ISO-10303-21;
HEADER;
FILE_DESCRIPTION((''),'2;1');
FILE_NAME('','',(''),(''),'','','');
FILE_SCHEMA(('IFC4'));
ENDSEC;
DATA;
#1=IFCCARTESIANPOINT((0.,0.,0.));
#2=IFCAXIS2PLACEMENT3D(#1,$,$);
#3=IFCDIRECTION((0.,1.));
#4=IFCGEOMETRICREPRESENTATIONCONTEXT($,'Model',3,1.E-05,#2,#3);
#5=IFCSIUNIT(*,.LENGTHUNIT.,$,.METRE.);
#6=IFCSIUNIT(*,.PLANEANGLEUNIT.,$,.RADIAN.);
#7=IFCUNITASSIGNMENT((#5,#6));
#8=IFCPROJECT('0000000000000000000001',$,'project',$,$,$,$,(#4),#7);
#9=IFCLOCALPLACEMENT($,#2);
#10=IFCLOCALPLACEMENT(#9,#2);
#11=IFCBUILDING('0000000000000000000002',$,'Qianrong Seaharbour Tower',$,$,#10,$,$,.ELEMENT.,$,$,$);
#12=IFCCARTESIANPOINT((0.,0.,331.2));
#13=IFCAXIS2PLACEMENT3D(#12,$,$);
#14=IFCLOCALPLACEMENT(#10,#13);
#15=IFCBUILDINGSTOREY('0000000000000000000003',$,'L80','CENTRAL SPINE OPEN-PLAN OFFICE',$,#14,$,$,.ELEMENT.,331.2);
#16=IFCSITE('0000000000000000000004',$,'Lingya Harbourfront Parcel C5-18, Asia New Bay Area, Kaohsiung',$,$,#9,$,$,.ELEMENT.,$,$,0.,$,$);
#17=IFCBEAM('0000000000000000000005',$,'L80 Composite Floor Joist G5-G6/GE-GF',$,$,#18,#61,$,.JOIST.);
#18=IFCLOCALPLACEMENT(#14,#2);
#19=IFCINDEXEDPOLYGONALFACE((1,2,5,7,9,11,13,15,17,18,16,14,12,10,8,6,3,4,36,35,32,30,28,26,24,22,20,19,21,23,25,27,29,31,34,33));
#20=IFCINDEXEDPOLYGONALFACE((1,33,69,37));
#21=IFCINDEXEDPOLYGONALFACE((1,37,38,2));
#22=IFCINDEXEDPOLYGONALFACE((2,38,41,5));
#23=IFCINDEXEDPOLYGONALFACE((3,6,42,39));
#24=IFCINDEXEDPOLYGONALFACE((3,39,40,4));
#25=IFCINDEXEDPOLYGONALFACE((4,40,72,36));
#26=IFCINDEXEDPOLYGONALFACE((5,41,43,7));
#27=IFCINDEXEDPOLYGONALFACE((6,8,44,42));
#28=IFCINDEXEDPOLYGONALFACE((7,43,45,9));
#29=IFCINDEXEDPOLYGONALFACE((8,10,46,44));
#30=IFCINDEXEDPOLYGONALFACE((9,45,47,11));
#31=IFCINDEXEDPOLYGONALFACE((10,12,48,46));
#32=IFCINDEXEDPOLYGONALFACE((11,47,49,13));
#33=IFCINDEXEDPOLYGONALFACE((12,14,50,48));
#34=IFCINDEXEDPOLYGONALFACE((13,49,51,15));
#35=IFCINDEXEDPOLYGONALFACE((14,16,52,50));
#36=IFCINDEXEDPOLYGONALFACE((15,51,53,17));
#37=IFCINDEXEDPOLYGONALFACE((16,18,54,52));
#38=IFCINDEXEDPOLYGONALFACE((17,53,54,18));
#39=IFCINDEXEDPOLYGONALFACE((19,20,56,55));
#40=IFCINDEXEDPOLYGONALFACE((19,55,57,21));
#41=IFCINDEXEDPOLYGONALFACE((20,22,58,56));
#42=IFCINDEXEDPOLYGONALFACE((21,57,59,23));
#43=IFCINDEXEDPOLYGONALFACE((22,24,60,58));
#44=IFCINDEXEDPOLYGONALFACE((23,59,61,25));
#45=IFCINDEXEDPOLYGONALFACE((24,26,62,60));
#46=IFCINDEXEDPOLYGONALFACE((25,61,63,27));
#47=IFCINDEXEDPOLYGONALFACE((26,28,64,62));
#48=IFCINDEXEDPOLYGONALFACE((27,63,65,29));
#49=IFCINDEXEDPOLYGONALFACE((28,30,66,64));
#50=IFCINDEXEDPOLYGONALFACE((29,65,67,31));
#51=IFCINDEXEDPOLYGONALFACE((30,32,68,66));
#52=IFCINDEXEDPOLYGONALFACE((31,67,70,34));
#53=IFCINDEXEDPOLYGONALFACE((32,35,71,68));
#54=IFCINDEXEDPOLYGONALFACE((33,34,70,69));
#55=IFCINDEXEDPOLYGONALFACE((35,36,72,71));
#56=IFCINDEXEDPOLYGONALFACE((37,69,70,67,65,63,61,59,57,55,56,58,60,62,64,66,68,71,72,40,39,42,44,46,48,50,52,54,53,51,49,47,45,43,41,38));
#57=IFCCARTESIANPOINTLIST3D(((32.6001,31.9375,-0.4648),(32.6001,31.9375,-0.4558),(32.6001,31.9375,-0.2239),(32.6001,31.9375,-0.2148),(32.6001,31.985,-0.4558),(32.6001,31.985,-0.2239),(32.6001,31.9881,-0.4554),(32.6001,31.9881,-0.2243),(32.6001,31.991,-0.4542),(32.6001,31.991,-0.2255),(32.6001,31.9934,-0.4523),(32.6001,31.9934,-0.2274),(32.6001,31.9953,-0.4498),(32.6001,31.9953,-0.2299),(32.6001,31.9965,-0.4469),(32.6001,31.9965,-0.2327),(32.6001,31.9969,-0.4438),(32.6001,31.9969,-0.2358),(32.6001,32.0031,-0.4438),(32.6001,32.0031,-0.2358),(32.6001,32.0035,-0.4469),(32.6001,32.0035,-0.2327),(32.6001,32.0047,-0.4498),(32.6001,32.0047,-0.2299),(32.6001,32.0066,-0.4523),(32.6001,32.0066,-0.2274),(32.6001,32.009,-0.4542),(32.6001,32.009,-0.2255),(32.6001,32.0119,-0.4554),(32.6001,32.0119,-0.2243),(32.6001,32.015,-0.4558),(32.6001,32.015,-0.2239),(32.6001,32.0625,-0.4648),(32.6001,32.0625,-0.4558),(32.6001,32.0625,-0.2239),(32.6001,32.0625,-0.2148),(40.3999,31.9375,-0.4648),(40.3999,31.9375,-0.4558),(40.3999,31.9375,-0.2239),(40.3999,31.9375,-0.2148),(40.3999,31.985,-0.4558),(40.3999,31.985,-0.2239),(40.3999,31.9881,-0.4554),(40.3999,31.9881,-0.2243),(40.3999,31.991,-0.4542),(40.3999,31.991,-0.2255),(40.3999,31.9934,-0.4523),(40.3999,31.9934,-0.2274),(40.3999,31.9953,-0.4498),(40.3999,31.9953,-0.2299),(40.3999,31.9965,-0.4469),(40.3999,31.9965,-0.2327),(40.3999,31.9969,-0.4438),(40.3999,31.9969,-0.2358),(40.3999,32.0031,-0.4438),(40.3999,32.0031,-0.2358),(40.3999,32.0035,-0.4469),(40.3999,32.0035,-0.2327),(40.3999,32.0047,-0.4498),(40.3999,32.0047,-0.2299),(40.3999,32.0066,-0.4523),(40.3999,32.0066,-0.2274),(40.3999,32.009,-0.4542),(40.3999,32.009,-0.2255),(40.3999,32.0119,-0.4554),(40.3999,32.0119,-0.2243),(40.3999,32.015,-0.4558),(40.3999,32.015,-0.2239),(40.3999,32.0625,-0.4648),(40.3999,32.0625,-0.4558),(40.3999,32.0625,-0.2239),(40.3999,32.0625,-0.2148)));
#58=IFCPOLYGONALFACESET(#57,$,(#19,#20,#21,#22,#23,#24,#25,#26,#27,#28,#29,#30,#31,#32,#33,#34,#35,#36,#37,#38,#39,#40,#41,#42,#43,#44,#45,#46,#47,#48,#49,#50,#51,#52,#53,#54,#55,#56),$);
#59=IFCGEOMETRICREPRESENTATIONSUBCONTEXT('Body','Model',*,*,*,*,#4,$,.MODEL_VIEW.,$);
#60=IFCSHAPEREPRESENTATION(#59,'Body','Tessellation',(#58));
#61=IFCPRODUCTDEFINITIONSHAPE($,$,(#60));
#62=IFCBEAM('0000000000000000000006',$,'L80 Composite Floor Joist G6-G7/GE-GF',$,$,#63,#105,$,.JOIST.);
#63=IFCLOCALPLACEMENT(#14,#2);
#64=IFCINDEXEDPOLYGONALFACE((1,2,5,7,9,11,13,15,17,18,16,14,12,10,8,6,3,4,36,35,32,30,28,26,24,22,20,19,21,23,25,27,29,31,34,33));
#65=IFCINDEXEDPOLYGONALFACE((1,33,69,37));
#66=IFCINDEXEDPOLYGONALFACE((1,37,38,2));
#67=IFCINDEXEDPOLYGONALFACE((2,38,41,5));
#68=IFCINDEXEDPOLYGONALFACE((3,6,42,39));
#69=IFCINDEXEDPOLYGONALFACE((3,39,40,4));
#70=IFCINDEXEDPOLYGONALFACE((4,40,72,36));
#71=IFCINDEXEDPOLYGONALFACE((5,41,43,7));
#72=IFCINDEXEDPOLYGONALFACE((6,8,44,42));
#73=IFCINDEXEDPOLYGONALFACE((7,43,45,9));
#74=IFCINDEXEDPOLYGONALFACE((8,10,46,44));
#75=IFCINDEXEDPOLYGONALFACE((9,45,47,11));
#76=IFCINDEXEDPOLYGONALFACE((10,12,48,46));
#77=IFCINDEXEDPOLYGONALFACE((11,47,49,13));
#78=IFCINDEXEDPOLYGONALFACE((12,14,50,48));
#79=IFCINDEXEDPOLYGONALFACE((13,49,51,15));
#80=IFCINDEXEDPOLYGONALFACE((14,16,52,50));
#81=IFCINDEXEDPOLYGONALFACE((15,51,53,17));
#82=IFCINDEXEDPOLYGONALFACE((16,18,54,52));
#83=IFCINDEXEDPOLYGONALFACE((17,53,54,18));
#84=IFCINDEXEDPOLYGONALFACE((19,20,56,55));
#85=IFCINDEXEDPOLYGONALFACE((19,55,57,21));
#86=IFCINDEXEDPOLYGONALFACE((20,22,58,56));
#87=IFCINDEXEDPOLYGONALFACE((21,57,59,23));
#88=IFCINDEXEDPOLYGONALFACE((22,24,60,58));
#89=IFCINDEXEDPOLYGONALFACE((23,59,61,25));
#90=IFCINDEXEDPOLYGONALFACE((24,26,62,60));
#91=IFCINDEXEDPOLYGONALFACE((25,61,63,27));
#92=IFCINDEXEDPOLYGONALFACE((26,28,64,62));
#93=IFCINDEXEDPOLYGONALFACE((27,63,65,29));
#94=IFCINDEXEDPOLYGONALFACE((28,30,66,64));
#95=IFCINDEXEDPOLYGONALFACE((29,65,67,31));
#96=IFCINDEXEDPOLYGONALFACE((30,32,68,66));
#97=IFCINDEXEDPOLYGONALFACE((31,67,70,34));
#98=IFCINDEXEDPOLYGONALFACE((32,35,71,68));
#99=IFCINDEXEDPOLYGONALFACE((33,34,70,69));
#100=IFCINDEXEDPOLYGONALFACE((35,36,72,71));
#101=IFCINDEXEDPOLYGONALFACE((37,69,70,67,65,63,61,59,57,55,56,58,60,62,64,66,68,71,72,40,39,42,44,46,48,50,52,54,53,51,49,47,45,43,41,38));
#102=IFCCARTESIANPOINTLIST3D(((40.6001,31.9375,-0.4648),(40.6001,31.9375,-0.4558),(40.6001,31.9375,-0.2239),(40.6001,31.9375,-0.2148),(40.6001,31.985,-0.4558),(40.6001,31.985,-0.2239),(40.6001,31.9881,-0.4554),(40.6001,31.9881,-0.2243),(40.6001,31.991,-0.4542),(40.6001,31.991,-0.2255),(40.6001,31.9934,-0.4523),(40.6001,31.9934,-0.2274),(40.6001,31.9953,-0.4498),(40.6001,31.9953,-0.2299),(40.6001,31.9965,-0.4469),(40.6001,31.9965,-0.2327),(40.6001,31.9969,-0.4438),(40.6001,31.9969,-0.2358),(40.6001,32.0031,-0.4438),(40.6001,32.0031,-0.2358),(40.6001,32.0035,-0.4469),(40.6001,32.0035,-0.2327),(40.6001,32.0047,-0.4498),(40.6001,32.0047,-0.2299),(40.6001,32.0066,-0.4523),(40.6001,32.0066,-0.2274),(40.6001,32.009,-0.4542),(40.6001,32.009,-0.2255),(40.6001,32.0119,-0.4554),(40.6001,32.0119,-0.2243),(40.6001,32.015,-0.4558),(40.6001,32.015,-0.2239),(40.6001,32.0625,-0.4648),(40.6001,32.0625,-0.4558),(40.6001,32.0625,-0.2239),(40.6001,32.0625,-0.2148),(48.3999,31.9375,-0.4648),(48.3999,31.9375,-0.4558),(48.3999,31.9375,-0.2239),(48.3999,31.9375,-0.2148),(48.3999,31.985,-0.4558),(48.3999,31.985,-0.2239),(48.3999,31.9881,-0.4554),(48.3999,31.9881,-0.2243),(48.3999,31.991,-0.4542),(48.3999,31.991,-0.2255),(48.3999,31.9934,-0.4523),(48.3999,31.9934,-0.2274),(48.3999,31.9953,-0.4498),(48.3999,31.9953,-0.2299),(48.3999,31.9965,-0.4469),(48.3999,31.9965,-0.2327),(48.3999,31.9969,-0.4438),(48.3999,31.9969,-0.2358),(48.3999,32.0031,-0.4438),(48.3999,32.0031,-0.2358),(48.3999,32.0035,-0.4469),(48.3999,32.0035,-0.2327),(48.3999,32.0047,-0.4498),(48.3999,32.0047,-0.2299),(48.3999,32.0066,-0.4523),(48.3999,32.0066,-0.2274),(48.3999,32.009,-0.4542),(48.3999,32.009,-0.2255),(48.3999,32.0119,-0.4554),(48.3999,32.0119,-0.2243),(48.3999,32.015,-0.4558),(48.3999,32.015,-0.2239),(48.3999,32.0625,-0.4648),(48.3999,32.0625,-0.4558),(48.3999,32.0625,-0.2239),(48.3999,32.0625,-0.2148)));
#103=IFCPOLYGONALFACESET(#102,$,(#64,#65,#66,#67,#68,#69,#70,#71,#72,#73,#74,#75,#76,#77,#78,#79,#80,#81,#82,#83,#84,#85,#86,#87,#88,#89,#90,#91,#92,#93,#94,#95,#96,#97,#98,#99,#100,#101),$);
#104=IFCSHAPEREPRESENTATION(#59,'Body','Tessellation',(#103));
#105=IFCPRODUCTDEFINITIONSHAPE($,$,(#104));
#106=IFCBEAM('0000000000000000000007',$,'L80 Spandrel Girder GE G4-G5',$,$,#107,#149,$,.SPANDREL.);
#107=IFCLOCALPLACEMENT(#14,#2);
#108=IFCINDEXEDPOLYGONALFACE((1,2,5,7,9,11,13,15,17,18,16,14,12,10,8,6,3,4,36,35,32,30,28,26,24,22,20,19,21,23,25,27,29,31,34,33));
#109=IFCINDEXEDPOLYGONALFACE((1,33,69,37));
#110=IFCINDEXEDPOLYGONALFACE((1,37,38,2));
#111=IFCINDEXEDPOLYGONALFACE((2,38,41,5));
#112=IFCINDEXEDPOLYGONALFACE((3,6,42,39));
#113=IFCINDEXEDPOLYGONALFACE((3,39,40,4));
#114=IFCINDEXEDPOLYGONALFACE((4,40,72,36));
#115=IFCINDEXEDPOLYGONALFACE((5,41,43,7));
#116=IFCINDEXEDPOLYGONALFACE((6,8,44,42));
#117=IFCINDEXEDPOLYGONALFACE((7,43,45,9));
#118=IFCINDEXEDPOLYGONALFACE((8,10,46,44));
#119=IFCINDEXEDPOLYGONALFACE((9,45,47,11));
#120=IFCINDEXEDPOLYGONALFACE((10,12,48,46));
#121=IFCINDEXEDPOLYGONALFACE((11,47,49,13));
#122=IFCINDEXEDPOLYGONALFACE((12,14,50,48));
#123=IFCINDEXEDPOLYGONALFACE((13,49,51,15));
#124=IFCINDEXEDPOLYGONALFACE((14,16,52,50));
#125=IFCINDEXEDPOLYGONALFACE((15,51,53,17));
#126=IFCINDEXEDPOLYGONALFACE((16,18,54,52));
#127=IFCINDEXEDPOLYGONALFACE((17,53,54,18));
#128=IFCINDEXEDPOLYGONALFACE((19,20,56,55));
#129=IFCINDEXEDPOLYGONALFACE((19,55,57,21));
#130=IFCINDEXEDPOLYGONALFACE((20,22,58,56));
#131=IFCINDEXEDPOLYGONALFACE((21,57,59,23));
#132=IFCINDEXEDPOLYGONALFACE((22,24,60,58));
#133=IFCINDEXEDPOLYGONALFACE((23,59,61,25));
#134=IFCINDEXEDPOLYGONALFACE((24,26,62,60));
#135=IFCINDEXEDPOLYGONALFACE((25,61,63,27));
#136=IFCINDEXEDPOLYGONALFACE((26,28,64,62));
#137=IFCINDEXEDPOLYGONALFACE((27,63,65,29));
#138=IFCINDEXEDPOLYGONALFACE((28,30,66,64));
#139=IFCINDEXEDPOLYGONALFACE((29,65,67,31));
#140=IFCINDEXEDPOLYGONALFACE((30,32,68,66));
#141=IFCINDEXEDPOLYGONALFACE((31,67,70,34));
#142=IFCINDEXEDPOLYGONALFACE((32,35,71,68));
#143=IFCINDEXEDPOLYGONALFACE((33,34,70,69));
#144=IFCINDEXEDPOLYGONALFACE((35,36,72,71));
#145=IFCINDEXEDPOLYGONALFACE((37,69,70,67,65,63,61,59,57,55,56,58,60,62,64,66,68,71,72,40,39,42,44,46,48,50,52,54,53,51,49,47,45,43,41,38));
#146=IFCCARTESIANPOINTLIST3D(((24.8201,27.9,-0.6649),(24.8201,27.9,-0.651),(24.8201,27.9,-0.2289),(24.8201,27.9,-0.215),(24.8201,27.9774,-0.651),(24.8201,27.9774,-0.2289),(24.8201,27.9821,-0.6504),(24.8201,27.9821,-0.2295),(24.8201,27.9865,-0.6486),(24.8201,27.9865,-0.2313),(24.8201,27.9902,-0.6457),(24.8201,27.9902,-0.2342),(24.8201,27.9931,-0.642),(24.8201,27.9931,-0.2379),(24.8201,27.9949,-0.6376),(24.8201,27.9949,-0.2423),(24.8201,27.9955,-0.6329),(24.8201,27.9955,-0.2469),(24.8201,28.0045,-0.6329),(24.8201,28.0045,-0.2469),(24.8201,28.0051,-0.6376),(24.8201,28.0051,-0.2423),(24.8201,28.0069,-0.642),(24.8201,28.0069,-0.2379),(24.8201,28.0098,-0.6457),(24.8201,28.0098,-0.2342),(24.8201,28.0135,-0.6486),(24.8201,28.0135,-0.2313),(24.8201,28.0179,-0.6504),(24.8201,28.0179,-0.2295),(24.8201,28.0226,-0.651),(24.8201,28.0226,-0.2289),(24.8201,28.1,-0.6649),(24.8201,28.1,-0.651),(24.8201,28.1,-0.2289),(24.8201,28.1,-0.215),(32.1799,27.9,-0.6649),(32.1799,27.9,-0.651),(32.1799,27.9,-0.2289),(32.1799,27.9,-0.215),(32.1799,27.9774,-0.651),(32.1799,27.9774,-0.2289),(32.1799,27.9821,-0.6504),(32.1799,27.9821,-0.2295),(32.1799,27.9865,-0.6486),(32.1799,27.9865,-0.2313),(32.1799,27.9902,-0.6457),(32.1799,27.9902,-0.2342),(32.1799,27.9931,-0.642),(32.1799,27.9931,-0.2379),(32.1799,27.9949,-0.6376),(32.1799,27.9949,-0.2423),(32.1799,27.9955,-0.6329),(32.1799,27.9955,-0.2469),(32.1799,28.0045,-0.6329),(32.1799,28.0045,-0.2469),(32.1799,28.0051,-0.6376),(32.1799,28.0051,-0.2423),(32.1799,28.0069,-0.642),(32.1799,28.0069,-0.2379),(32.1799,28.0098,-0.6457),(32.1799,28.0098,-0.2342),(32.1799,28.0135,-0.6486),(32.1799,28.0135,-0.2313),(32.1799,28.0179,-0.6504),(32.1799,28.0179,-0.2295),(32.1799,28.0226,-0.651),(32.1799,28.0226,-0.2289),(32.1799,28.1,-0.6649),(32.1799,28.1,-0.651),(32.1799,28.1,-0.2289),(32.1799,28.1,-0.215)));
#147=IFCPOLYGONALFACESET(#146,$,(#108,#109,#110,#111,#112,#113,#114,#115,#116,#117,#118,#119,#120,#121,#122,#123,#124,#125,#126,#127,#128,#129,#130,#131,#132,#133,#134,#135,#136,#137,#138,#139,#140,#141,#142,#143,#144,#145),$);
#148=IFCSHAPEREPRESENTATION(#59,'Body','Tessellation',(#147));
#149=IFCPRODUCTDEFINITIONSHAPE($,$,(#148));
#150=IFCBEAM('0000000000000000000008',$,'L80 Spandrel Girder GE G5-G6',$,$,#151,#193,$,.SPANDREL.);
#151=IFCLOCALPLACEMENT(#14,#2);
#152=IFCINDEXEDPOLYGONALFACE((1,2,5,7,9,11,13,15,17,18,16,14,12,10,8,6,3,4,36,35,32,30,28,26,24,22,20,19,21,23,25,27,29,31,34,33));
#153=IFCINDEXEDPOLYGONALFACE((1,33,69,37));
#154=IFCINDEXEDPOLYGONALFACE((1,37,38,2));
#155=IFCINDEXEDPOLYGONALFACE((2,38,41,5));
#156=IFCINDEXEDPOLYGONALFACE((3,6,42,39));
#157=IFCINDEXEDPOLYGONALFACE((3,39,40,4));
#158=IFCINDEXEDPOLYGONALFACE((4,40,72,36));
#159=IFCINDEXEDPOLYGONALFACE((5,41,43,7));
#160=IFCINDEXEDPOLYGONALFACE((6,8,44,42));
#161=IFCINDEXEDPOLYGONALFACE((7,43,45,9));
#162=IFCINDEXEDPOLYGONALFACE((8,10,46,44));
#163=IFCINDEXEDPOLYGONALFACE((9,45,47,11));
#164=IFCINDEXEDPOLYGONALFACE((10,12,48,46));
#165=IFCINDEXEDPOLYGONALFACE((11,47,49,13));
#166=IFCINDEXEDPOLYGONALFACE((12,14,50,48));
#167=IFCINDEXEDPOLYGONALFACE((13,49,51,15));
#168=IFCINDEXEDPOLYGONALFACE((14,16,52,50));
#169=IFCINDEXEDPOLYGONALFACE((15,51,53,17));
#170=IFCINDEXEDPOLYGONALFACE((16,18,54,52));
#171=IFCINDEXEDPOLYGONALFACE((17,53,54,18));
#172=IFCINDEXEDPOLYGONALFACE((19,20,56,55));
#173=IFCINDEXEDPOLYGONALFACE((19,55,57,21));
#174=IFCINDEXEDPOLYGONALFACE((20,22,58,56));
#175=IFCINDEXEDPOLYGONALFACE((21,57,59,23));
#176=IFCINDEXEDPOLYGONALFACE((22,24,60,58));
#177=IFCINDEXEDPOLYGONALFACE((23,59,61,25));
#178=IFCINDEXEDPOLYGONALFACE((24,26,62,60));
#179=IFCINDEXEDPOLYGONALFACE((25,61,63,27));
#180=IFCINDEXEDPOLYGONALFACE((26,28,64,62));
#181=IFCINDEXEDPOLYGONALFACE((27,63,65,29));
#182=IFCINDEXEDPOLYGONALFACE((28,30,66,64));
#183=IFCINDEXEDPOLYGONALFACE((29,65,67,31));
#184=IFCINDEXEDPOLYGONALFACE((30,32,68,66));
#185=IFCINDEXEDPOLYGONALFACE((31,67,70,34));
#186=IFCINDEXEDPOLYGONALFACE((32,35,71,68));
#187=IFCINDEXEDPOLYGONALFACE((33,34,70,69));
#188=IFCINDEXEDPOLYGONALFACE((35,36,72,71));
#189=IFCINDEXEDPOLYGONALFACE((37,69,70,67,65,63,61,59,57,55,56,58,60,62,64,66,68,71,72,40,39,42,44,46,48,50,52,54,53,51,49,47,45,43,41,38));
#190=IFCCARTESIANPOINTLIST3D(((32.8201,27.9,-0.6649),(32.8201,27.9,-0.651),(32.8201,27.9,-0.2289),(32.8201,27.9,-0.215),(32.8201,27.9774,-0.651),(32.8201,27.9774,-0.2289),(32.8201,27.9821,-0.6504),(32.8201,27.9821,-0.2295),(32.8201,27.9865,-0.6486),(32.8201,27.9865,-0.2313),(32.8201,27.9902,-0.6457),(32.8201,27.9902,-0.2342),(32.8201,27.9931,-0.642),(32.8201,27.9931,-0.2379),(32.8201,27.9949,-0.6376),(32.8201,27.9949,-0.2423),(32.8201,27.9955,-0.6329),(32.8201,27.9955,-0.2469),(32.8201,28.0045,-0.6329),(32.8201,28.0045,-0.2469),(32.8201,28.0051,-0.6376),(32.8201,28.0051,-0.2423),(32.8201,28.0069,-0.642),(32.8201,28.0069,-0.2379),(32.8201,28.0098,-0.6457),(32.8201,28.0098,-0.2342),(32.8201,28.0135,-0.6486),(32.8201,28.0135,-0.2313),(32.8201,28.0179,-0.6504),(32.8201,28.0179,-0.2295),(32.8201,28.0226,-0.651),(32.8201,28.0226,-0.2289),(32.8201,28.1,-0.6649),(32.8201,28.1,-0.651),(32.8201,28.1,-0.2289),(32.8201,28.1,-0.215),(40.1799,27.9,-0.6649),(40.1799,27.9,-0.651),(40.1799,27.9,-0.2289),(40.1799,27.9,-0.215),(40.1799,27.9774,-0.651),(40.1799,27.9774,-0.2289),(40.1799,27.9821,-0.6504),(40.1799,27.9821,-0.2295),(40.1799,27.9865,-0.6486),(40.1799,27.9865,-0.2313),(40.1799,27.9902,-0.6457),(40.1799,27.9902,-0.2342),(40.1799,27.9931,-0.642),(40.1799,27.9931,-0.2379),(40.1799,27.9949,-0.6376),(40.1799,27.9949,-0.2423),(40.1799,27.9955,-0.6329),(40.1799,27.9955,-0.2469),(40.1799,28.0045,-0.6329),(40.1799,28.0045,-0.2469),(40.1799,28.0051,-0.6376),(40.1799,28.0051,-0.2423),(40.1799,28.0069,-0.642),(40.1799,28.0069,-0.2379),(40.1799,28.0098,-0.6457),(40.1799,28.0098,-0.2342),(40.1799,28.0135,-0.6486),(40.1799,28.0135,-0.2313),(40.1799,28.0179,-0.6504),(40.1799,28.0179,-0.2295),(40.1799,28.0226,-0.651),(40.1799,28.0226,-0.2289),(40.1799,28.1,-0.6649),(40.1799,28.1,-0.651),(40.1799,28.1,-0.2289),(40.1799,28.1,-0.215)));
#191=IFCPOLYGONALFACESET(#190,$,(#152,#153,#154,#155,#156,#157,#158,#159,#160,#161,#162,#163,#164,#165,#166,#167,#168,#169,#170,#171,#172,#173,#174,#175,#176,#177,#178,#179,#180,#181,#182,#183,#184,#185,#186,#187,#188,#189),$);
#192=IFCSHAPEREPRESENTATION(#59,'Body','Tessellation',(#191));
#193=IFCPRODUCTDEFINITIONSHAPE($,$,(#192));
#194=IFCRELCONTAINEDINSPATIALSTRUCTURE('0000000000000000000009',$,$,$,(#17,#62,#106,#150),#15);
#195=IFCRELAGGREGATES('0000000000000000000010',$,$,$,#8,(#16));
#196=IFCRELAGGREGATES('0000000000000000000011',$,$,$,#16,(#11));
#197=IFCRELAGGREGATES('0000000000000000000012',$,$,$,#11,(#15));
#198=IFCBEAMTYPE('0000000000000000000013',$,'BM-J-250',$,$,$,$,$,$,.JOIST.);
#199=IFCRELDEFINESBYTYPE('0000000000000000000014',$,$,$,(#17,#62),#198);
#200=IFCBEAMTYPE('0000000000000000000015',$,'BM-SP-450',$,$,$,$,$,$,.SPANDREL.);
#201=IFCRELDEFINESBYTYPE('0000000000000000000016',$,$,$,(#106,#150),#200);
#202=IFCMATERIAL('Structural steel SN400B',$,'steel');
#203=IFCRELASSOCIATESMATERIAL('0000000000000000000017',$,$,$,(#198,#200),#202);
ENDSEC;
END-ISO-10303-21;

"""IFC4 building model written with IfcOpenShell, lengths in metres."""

from ifc_helpers import new_model, si_unit, direction, frame, origin, origin_2d, place, context, subcontext, project, spatial, i_section, extrude, material, material_profile, profile_set, type_object, element, save


model = new_model("IFC4")

# Units and contexts
model_context = context("Model", 3, precision=1e-05, world=origin(), true_north=direction((0.0, 1.0)))
body_context = subcontext(model_context, "Body", "Model", "MODEL_VIEW")
ifc_project = project(units=[si_unit("LENGTHUNIT", "METRE"), si_unit("PLANEANGLEUNIT", "RADIAN")], contexts=[model_context])

# Site, building, storey
site_placement = place(None, origin())
site = spatial("IfcSite", under=ifc_project, at=site_placement, Name="Lingya Harbourfront Parcel C5-18, Asia New Bay Area, Kaohsiung", CompositionType="ELEMENT", RefElevation=0.0)
building_placement = place(site_placement, origin())
building = spatial("IfcBuilding", under=site, at=building_placement, Name="Qianrong Seaharbour Tower", CompositionType="ELEMENT")
storey_placement = place(building_placement, frame((0.0, 0.0, 331.2)))
storey = spatial("IfcBuildingStorey", under=building, at=storey_placement, Name="L80", Description="CENTRAL SPINE OPEN-PLAN OFFICE", CompositionType="ELEMENT", Elevation=331.2)

# Shared definitions
ifc_material_1 = material(Name="Structural steel SN400B", Category="steel")

# Beams
ifc_material_profile_1 = material_profile(ifc_material_1, i_section(OverallWidth=0.125, OverallDepth=0.25, WebThickness=0.0061, FlangeThickness=0.009, FilletRadius=0.012, at=origin_2d()), Name="H250x125x6x9")
ifc_profile_set_1 = profile_set([ifc_material_profile_1], Name="Structural steel SN400B")
beam_type_1 = type_object("IfcBeamType", Name="BM-J-250", PredefinedType="JOIST", material=ifc_profile_set_1)
for number, where, z_axis, x_axis, name in (
    (1, (32.6001, 32.0, -0.3398), (1.0, 0.0, 0.0), (0.0, 1.0, 0.0), "L80 Composite Floor Joist G5-G6/GE-GF"),
    (2, (40.6001, 32.0, -0.3398), (1.0, 0.0, 0.0), (0.0, 1.0, 0.0), "L80 Composite Floor Joist G6-G7/GE-GF"),
):
    element("IfcBeam", number, at=place(storey_placement, frame(where, z_axis=z_axis, x_axis=x_axis)), inside=storey, type_object=beam_type_1, Name=name, PredefinedType="JOIST", context=body_context, shape_type="SweptSolid", body=[
        extrude(i_section(OverallWidth=0.125, OverallDepth=0.25, WebThickness=0.0061, FlangeThickness=0.009, FilletRadius=0.012, at=origin_2d()), origin(), (0.0, 0.0, 1.0), 7.7998),
    ])
ifc_material_profile_2 = material_profile(ifc_material_1, i_section(OverallWidth=0.2, OverallDepth=0.45, WebThickness=0.009, FlangeThickness=0.0139, FilletRadius=0.0181, at=origin_2d()), Name="H450x200x9x14")
ifc_profile_set_2 = profile_set([ifc_material_profile_2], Name="Structural steel SN400B")
beam_type_2 = type_object("IfcBeamType", Name="BM-SP-450", PredefinedType="SPANDREL", material=ifc_profile_set_2)
for number, where, z_axis, x_axis, name in (
    (3, (24.8201, 28.0, -0.4399), (1.0, 0.0, 0.0), (0.0, 1.0, 0.0), "L80 Spandrel Girder GE G4-G5"),
    (4, (32.8201, 28.0, -0.4399), (1.0, 0.0, 0.0), (0.0, 1.0, 0.0), "L80 Spandrel Girder GE G5-G6"),
):
    element("IfcBeam", number, at=place(storey_placement, frame(where, z_axis=z_axis, x_axis=x_axis)), inside=storey, type_object=beam_type_2, Name=name, PredefinedType="SPANDREL", context=body_context, shape_type="SweptSolid", body=[
        extrude(i_section(OverallWidth=0.2, OverallDepth=0.45, WebThickness=0.009, FlangeThickness=0.0139, FilletRadius=0.0181, at=origin_2d()), origin(), (0.0, 0.0, 1.0), 7.3599),
    ])

save(model, "model.ifc")
